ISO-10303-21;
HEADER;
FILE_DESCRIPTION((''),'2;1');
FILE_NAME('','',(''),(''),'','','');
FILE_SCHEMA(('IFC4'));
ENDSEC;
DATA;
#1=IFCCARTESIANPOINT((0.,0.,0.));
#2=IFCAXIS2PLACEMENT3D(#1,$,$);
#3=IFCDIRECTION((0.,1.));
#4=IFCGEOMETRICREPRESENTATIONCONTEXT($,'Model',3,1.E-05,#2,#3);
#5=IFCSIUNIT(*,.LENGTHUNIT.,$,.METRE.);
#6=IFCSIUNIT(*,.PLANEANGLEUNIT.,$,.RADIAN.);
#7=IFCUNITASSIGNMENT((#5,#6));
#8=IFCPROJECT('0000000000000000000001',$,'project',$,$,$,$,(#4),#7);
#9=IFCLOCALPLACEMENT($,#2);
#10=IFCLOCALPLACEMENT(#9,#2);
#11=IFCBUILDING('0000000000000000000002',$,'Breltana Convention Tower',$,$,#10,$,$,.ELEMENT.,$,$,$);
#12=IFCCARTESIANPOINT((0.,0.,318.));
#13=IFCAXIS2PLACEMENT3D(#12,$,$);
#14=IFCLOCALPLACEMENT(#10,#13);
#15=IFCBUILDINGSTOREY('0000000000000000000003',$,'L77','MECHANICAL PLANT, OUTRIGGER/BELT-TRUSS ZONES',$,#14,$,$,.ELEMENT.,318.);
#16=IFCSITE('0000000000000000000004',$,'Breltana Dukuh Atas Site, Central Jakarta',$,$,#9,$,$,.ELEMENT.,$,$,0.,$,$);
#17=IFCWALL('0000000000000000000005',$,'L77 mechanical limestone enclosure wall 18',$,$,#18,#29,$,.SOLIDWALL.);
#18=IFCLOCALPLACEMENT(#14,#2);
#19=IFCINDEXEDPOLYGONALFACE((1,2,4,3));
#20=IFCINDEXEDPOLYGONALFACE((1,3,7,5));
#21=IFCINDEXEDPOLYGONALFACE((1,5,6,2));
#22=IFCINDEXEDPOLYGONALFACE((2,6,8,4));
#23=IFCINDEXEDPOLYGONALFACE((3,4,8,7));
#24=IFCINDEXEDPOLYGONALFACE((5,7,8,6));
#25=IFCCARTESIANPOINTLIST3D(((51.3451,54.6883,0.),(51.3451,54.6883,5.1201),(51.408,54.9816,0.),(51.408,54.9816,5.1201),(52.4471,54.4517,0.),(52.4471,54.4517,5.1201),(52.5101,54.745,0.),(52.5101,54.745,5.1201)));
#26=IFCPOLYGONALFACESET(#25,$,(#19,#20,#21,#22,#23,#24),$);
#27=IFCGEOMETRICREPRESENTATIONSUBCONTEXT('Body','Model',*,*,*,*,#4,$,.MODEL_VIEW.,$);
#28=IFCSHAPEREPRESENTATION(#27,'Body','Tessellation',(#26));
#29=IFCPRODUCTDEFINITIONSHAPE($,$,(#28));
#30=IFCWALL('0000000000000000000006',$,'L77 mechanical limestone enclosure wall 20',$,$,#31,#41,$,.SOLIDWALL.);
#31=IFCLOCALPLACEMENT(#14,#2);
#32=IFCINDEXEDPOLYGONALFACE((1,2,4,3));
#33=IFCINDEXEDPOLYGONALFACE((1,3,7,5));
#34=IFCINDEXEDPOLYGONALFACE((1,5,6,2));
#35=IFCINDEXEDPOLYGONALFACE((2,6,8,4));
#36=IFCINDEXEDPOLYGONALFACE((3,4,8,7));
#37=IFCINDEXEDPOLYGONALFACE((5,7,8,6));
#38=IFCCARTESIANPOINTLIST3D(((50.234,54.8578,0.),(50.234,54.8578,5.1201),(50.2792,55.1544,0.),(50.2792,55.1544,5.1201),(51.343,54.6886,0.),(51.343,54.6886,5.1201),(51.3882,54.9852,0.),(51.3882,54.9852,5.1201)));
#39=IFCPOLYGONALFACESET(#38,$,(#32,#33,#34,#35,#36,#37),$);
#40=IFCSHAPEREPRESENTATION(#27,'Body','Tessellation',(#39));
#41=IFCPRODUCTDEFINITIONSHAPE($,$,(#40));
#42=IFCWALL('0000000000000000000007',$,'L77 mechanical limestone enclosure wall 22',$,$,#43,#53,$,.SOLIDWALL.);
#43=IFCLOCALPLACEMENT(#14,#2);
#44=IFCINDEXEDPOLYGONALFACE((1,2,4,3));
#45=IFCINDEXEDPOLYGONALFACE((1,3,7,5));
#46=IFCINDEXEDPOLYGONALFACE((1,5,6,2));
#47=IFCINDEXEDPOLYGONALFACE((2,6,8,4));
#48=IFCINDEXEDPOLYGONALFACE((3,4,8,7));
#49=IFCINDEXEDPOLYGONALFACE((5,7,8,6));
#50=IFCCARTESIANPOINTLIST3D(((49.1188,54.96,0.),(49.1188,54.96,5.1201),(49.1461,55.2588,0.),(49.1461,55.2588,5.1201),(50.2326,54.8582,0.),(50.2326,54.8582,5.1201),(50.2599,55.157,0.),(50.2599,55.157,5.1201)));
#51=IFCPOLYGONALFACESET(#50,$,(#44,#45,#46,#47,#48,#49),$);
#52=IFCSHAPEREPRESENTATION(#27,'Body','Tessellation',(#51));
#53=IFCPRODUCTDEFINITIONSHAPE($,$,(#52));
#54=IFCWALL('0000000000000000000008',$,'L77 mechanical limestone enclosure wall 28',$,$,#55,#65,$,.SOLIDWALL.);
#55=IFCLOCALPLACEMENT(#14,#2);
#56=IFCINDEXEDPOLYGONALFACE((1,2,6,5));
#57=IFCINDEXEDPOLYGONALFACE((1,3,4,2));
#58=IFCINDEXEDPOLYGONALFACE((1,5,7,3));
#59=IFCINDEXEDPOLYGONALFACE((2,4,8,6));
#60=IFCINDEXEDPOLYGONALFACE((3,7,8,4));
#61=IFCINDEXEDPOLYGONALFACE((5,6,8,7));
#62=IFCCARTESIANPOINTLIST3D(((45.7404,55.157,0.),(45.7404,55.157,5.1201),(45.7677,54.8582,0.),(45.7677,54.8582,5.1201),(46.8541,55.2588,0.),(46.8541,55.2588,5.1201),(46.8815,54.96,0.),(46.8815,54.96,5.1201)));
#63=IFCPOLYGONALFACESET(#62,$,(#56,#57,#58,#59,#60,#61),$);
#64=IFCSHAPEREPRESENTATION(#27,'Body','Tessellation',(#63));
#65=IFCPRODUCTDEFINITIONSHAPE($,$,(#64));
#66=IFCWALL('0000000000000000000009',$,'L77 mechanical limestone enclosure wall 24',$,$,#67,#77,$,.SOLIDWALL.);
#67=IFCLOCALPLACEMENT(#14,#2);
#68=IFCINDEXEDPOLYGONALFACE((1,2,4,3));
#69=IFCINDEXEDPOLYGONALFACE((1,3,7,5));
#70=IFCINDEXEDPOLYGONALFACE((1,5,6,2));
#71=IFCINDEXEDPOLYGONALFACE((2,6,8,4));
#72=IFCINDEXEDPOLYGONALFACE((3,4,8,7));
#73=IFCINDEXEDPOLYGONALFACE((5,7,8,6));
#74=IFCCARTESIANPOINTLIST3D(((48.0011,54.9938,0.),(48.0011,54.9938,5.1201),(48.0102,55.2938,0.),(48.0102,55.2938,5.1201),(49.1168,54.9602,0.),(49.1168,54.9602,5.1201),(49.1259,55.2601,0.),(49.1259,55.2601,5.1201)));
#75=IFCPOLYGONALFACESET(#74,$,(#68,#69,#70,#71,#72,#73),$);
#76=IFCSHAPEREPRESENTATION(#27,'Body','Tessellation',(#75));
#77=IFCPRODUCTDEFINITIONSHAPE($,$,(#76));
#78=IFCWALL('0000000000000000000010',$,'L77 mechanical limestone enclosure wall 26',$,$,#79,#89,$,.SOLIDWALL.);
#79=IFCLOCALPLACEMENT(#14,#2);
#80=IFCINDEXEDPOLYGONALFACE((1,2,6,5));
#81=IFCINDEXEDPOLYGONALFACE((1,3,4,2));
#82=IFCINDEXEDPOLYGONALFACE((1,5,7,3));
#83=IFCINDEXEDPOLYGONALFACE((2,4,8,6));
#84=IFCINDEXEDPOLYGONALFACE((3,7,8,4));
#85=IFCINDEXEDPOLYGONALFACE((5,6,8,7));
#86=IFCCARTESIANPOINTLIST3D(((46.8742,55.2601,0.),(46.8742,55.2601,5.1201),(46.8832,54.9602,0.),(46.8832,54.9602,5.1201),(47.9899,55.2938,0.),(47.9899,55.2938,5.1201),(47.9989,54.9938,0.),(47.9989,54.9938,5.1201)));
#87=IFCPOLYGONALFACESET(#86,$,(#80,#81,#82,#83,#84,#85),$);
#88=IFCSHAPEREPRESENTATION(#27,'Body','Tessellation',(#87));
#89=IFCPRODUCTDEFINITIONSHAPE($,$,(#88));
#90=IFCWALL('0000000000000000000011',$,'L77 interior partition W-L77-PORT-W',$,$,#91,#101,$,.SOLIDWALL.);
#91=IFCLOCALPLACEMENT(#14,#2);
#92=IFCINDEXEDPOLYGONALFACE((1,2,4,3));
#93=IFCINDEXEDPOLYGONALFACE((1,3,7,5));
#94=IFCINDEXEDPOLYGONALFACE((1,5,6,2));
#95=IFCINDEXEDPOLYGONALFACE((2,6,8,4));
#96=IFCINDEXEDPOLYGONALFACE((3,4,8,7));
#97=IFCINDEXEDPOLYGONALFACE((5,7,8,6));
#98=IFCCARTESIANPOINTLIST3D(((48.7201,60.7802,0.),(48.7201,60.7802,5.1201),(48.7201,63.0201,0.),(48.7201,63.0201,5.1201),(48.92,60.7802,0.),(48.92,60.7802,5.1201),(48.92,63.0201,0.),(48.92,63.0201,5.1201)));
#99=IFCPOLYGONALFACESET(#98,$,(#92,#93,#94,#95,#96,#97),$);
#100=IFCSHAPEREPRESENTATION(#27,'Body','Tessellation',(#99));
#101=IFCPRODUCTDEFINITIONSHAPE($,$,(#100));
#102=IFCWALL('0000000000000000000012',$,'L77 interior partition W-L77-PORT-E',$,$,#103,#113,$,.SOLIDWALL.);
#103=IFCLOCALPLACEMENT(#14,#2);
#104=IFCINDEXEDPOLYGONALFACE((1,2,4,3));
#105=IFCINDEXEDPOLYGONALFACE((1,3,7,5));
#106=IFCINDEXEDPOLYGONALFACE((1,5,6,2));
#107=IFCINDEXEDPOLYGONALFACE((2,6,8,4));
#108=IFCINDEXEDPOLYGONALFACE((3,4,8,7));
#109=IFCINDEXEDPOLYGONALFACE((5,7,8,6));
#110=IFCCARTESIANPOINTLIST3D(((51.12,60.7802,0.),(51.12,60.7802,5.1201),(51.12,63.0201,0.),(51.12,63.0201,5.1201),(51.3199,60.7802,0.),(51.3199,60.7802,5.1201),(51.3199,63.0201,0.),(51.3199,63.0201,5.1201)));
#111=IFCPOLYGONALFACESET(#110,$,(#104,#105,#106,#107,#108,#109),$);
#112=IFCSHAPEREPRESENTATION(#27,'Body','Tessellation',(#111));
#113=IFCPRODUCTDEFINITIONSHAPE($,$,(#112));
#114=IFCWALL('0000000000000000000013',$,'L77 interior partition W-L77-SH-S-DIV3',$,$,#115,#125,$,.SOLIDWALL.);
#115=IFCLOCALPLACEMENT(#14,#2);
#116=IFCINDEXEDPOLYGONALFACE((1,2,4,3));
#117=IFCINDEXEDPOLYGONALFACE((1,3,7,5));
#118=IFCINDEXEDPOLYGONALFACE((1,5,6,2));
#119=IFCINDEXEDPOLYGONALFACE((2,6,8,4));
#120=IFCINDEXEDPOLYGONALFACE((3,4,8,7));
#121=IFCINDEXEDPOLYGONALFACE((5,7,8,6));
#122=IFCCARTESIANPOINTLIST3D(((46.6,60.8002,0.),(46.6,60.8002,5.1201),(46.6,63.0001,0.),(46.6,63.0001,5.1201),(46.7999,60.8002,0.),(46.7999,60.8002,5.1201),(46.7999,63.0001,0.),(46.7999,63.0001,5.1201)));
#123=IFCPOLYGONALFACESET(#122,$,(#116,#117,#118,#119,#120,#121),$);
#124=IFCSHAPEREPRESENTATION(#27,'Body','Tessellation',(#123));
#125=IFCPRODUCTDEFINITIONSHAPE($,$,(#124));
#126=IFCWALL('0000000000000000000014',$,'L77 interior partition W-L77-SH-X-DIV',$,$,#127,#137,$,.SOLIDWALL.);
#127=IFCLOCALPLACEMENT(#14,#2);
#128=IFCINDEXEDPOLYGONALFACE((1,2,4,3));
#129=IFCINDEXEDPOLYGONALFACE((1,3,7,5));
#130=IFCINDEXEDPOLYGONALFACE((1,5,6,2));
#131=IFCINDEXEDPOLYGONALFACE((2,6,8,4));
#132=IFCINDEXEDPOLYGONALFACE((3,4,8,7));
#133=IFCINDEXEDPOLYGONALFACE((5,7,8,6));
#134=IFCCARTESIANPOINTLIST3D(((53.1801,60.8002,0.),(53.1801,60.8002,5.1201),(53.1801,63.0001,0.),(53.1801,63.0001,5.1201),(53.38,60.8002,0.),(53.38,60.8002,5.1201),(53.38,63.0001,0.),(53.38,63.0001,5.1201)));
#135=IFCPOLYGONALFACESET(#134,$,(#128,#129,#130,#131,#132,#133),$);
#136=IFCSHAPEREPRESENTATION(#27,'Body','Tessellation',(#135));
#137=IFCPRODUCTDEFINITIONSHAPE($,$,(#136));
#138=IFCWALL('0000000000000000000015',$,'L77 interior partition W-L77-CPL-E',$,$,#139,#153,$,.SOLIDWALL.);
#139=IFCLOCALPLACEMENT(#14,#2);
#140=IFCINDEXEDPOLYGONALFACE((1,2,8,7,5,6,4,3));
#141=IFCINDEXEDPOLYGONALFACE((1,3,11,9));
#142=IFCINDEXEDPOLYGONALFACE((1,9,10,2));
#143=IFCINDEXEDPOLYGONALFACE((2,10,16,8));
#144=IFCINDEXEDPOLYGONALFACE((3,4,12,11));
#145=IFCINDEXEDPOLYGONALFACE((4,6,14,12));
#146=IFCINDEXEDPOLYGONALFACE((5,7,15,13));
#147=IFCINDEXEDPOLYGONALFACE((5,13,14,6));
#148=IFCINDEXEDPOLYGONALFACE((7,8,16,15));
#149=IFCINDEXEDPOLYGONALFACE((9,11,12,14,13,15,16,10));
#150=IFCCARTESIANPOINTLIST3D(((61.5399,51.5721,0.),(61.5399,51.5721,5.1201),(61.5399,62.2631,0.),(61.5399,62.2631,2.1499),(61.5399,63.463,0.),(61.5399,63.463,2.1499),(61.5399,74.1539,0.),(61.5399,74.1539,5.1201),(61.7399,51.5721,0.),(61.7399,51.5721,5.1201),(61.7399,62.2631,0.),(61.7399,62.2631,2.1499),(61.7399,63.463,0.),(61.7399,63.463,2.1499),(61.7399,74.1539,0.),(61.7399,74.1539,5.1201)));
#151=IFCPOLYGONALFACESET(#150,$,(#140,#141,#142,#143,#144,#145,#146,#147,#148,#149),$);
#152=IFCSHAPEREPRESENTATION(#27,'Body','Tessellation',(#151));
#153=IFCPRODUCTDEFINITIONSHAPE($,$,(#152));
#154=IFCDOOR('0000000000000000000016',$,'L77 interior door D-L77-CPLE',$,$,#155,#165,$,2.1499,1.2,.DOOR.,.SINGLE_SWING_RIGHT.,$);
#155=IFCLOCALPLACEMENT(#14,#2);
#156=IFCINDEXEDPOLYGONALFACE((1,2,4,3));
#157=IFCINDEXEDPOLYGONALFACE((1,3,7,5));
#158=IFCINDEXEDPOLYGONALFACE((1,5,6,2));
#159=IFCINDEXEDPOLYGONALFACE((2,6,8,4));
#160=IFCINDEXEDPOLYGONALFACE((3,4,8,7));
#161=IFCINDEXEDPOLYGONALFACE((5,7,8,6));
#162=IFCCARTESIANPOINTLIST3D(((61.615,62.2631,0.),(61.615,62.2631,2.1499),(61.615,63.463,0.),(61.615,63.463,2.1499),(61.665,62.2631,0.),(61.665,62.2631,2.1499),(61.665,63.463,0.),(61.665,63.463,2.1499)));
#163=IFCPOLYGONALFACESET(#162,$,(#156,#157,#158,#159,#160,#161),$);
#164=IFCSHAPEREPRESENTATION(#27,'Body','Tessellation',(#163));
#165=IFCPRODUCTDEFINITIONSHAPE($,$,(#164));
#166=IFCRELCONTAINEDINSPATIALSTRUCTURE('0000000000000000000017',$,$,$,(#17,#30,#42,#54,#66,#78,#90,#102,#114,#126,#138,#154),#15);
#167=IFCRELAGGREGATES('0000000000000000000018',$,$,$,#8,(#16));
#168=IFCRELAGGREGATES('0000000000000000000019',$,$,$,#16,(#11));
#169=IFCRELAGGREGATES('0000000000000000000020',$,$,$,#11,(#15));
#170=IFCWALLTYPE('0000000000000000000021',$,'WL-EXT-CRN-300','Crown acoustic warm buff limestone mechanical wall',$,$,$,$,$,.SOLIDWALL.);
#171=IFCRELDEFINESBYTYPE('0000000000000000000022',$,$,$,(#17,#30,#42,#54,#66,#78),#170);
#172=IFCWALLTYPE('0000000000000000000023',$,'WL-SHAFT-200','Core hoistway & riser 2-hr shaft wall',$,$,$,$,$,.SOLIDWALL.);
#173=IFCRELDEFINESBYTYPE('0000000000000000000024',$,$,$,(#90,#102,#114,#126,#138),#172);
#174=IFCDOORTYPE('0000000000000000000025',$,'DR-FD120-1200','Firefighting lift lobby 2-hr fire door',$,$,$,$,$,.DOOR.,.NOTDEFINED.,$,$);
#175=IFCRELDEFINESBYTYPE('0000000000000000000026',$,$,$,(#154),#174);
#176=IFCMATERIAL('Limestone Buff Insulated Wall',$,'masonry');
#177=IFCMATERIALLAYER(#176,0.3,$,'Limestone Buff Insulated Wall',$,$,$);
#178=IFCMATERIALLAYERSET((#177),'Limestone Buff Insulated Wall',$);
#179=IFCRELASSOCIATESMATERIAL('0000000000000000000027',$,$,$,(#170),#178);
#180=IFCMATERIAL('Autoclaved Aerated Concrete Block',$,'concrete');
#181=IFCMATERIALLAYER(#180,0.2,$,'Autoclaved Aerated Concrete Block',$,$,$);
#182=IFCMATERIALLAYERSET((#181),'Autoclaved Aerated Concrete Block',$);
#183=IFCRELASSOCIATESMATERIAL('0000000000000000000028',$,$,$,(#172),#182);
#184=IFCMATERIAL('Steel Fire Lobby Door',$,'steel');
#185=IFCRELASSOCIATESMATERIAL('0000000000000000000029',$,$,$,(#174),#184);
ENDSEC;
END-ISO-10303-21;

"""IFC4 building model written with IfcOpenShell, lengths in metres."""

from ifc_helpers import new_model, si_unit, direction, frame, frame_2d, origin, place, context, subcontext, project, spatial, rectangle, extrude, source, transform, mapped, material, layer, layer_set, type_object, type_shapes, element, fill, save


model = new_model("IFC4")

# Units and contexts
model_context = context("Model", 3, precision=1e-05, world=origin(), true_north=direction((0.0, 1.0)))
body_context = subcontext(model_context, "Body", "Model", "MODEL_VIEW")
ifc_project = project(units=[si_unit("LENGTHUNIT", "METRE"), si_unit("PLANEANGLEUNIT", "RADIAN")], contexts=[model_context])

# Site, building, storey
site_placement = place(None, origin())
site = spatial("IfcSite", under=ifc_project, at=site_placement, Name="Breltana Dukuh Atas Site, Central Jakarta", CompositionType="ELEMENT", RefElevation=0.0)
building_placement = place(site_placement, origin())
building = spatial("IfcBuilding", under=site, at=building_placement, Name="Breltana Convention Tower", CompositionType="ELEMENT")
storey_placement = place(building_placement, frame((0.0, 0.0, 318.0)))
storey = spatial("IfcBuildingStorey", under=building, at=storey_placement, Name="L77", Description="MECHANICAL PLANT, OUTRIGGER/BELT-TRUSS ZONES", CompositionType="ELEMENT", Elevation=318.0)

# Walls
ifc_material_1 = material(Name="Limestone Buff Insulated Wall", Category="masonry")
ifc_layer_1 = layer(ifc_material_1, 0.3, Name="Limestone Buff Insulated Wall")
ifc_layer_set_1 = layer_set([ifc_layer_1], Name="Limestone Buff Insulated Wall")
wall_type_1 = type_object("IfcWallType", Name="WL-EXT-CRN-300", Description="Crown acoustic warm buff limestone mechanical wall", PredefinedType="SOLIDWALL", material=ifc_layer_set_1)
shared_shape_1 = source(origin(), body_context, "Body", "SweptSolid", [
    extrude(rectangle(XDim=1.1272, YDim=0.3, at=frame_2d((0.5635, 0.0))), origin(), (0.0, 0.0, 1.0), 5.1201),
])
wall_1_placement = place(storey_placement, frame((52.4785, 54.5984, 0.0), z_axis=(0.0, 0.0, 1.0), x_axis=(-0.977726, 0.209884, 0.0)))
element("IfcWall", 1, at=wall_1_placement, inside=storey, type_object=wall_type_1, Name="L77 mechanical limestone enclosure wall 18", PredefinedType="SOLIDWALL", context=body_context, shape_type="MappedRepresentation", body=[
    mapped(shared_shape_1, transform((0.0, 0.0, 0.0), scale=1.0)),
])
shared_shape_2 = source(origin(), body_context, "Body", "SweptSolid", [
    extrude(rectangle(XDim=1.1218, YDim=0.3, at=frame_2d((0.561, 0.0))), origin(), (0.0, 0.0, 1.0), 5.1201),
])
wall_2_placement = place(storey_placement, frame((51.3657, 54.8369, 0.0), z_axis=(0.0, 0.0, 1.0), x_axis=(-0.98856, 0.15083, 0.0)))
element("IfcWall", 2, at=wall_2_placement, inside=storey, type_object=wall_type_1, Name="L77 mechanical limestone enclosure wall 20", PredefinedType="SOLIDWALL", context=body_context, shape_type="MappedRepresentation", body=[
    mapped(shared_shape_2, transform((0.0, 0.0, 0.0), scale=1.0)),
])
shared_shape_3 = source(origin(), body_context, "Body", "SweptSolid", [
    extrude(rectangle(XDim=1.1184, YDim=0.3, at=frame_2d((0.5591, 0.0))), origin(), (0.0, 0.0, 1.0), 5.1201),
])
for number, where, z_axis, x_axis, name in (
    (3, (50.2461, 55.0076, 0.0), (0.0, 0.0, 1.0), (-0.995848, 0.091028, 0.0), "L77 mechanical limestone enclosure wall 22"),
    (4, (46.8677, 55.1094, 0.0), (0.0, 0.0, 1.0), (-0.995848, -0.091028, 0.0), "L77 mechanical limestone enclosure wall 28"),
):
    element("IfcWall", number, at=place(storey_placement, frame(where, z_axis=z_axis, x_axis=x_axis)), inside=storey, type_object=wall_type_1, Name=name, PredefinedType="SOLIDWALL", context=body_context, shape_type="MappedRepresentation", body=[
        mapped(shared_shape_3, transform((0.0, 0.0, 0.0), scale=1.0)),
    ])
shared_shape_4 = source(origin(), body_context, "Body", "SweptSolid", [
    extrude(rectangle(XDim=1.1162, YDim=0.3, at=frame_2d((0.5581, 0.0))), origin(), (0.0, 0.0, 1.0), 5.1201),
])
for number, where, z_axis, x_axis, name in (
    (5, (49.1213, 55.1101, 0.0), (0.0, 0.0, 1.0), (-0.999544, 0.030183, 0.0), "L77 mechanical limestone enclosure wall 24"),
    (6, (47.9944, 55.1438, 0.0), (0.0, 0.0, 1.0), (-0.999544, -0.030183, 0.0), "L77 mechanical limestone enclosure wall 26"),
):
    element("IfcWall", number, at=place(storey_placement, frame(where, z_axis=z_axis, x_axis=x_axis)), inside=storey, type_object=wall_type_1, Name=name, PredefinedType="SOLIDWALL", context=body_context, shape_type="MappedRepresentation", body=[
        mapped(shared_shape_4, transform((0.0, 0.0, 0.0), scale=1.0)),
    ])
ifc_material_2 = material(Name="Autoclaved Aerated Concrete Block", Category="concrete")
ifc_layer_2 = layer(ifc_material_2, 0.2, Name="Autoclaved Aerated Concrete Block")
ifc_layer_set_2 = layer_set([ifc_layer_2], Name="Autoclaved Aerated Concrete Block")
wall_type_2 = type_object("IfcWallType", Name="WL-SHAFT-200", Description="Core hoistway & riser 2-hr shaft wall", PredefinedType="SOLIDWALL", material=ifc_layer_set_2)
shared_shape_5 = source(origin(), body_context, "Body", "SweptSolid", [
    extrude(rectangle(XDim=2.24, YDim=0.2, at=frame_2d((1.1201, 0.0))), origin(), (0.0, 0.0, 1.0), 5.1201),
])
for number, where, z_axis, x_axis, name in (
    (7, (48.8201, 60.78, 0.0), (0.0, 0.0, 1.0), (0.0, 1.0, 0.0), "L77 interior partition W-L77-PORT-W"),
    (8, (51.22, 60.78, 0.0), (0.0, 0.0, 1.0), (0.0, 1.0, 0.0), "L77 interior partition W-L77-PORT-E"),
):
    element("IfcWall", number, at=place(storey_placement, frame(where, z_axis=z_axis, x_axis=x_axis)), inside=storey, type_object=wall_type_2, Name=name, PredefinedType="SOLIDWALL", context=body_context, shape_type="MappedRepresentation", body=[
        mapped(shared_shape_5, transform((0.0, 0.0, 0.0), scale=1.0)),
    ])
shared_shape_6 = source(origin(), body_context, "Body", "SweptSolid", [
    extrude(rectangle(XDim=2.2, YDim=0.2, at=frame_2d((1.1001, 0.0))), origin(), (0.0, 0.0, 1.0), 5.1201),
])
for number, where, z_axis, x_axis, name in (
    (9, (46.7, 60.8, 0.0), (0.0, 0.0, 1.0), (0.0, 1.0, 0.0), "L77 interior partition W-L77-SH-S-DIV3"),
    (10, (53.28, 60.8, 0.0), (0.0, 0.0, 1.0), (0.0, 1.0, 0.0), "L77 interior partition W-L77-SH-X-DIV"),
):
    element("IfcWall", number, at=place(storey_placement, frame(where, z_axis=z_axis, x_axis=x_axis)), inside=storey, type_object=wall_type_2, Name=name, PredefinedType="SOLIDWALL", context=body_context, shape_type="MappedRepresentation", body=[
        mapped(shared_shape_6, transform((0.0, 0.0, 0.0), scale=1.0)),
    ])

# Wall, opening, door
shared_shape_7 = source(origin(), body_context, "Body", "SweptSolid", [
    extrude(rectangle(XDim=22.5818, YDim=0.2, at=frame_2d((11.291, 0.0))), origin(), (0.0, 0.0, 1.0), 5.1201),
])
wall_3_placement = place(storey_placement, frame((61.6399, 51.572, 0.0), z_axis=(0.0, 0.0, 1.0), x_axis=(0.0, 1.0, 0.0)))
wall_3 = element("IfcWall", 11, at=wall_3_placement, inside=storey, type_object=wall_type_2, Name="L77 interior partition W-L77-CPL-E", PredefinedType="SOLIDWALL", context=body_context, shape_type="MappedRepresentation", body=[
    mapped(shared_shape_7, transform((0.0, 0.0, 0.0), scale=1.0)),
])
opening_1_placement = place(wall_3_placement, frame((10.6909, 0.0, 0.0)))
opening_1 = element("IfcOpeningElement", 12, at=opening_1_placement, cuts=wall_3, PredefinedType="OPENING", context=body_context, shape_type="SweptSolid", body=[
    extrude(rectangle(XDim=1.2, YDim=2.1499, at=frame_2d((0.6001, 1.075))), frame((0.0, 0.1099, 0.0), z_axis=(0.0, -1.0, 0.0), x_axis=(1.0, 0.0, 0.0)), (0.0, 0.0, 1.0), 0.22),
])
ifc_material_3 = material(Name="Steel Fire Lobby Door", Category="steel")
door_type_1 = type_object("IfcDoorType", Name="DR-FD120-1200", Description="Firefighting lift lobby 2-hr fire door", OperationType="NOTDEFINED", PredefinedType="DOOR", material=ifc_material_3)
shared_shape_8 = source(origin(), body_context, "Body", "SweptSolid", [
    extrude(rectangle(XDim=1.2, YDim=2.1499, at=frame_2d((0.6001, 1.075))), frame((0.0, 0.0249, 0.0), z_axis=(0.0, -1.0, 0.0), x_axis=(1.0, 0.0, 0.0)), (0.0, 0.0, 1.0), 0.05),
])
type_shapes(door_type_1, [shared_shape_8])
door_1_placement = place(opening_1_placement, origin())
door_1 = element("IfcDoor", 13, at=door_1_placement, inside=storey, type_object=door_type_1, Name="L77 interior door D-L77-CPLE", OperationType="SINGLE_SWING_RIGHT", OverallHeight=2.1499, OverallWidth=1.2, PredefinedType="DOOR", context=body_context, shape_type="MappedRepresentation", body=[
    mapped(shared_shape_8, transform((0.0, 0.0, 0.0), scale=1.0)),
])
fill(opening_1, door_1)

save(model, "model.ifc")
